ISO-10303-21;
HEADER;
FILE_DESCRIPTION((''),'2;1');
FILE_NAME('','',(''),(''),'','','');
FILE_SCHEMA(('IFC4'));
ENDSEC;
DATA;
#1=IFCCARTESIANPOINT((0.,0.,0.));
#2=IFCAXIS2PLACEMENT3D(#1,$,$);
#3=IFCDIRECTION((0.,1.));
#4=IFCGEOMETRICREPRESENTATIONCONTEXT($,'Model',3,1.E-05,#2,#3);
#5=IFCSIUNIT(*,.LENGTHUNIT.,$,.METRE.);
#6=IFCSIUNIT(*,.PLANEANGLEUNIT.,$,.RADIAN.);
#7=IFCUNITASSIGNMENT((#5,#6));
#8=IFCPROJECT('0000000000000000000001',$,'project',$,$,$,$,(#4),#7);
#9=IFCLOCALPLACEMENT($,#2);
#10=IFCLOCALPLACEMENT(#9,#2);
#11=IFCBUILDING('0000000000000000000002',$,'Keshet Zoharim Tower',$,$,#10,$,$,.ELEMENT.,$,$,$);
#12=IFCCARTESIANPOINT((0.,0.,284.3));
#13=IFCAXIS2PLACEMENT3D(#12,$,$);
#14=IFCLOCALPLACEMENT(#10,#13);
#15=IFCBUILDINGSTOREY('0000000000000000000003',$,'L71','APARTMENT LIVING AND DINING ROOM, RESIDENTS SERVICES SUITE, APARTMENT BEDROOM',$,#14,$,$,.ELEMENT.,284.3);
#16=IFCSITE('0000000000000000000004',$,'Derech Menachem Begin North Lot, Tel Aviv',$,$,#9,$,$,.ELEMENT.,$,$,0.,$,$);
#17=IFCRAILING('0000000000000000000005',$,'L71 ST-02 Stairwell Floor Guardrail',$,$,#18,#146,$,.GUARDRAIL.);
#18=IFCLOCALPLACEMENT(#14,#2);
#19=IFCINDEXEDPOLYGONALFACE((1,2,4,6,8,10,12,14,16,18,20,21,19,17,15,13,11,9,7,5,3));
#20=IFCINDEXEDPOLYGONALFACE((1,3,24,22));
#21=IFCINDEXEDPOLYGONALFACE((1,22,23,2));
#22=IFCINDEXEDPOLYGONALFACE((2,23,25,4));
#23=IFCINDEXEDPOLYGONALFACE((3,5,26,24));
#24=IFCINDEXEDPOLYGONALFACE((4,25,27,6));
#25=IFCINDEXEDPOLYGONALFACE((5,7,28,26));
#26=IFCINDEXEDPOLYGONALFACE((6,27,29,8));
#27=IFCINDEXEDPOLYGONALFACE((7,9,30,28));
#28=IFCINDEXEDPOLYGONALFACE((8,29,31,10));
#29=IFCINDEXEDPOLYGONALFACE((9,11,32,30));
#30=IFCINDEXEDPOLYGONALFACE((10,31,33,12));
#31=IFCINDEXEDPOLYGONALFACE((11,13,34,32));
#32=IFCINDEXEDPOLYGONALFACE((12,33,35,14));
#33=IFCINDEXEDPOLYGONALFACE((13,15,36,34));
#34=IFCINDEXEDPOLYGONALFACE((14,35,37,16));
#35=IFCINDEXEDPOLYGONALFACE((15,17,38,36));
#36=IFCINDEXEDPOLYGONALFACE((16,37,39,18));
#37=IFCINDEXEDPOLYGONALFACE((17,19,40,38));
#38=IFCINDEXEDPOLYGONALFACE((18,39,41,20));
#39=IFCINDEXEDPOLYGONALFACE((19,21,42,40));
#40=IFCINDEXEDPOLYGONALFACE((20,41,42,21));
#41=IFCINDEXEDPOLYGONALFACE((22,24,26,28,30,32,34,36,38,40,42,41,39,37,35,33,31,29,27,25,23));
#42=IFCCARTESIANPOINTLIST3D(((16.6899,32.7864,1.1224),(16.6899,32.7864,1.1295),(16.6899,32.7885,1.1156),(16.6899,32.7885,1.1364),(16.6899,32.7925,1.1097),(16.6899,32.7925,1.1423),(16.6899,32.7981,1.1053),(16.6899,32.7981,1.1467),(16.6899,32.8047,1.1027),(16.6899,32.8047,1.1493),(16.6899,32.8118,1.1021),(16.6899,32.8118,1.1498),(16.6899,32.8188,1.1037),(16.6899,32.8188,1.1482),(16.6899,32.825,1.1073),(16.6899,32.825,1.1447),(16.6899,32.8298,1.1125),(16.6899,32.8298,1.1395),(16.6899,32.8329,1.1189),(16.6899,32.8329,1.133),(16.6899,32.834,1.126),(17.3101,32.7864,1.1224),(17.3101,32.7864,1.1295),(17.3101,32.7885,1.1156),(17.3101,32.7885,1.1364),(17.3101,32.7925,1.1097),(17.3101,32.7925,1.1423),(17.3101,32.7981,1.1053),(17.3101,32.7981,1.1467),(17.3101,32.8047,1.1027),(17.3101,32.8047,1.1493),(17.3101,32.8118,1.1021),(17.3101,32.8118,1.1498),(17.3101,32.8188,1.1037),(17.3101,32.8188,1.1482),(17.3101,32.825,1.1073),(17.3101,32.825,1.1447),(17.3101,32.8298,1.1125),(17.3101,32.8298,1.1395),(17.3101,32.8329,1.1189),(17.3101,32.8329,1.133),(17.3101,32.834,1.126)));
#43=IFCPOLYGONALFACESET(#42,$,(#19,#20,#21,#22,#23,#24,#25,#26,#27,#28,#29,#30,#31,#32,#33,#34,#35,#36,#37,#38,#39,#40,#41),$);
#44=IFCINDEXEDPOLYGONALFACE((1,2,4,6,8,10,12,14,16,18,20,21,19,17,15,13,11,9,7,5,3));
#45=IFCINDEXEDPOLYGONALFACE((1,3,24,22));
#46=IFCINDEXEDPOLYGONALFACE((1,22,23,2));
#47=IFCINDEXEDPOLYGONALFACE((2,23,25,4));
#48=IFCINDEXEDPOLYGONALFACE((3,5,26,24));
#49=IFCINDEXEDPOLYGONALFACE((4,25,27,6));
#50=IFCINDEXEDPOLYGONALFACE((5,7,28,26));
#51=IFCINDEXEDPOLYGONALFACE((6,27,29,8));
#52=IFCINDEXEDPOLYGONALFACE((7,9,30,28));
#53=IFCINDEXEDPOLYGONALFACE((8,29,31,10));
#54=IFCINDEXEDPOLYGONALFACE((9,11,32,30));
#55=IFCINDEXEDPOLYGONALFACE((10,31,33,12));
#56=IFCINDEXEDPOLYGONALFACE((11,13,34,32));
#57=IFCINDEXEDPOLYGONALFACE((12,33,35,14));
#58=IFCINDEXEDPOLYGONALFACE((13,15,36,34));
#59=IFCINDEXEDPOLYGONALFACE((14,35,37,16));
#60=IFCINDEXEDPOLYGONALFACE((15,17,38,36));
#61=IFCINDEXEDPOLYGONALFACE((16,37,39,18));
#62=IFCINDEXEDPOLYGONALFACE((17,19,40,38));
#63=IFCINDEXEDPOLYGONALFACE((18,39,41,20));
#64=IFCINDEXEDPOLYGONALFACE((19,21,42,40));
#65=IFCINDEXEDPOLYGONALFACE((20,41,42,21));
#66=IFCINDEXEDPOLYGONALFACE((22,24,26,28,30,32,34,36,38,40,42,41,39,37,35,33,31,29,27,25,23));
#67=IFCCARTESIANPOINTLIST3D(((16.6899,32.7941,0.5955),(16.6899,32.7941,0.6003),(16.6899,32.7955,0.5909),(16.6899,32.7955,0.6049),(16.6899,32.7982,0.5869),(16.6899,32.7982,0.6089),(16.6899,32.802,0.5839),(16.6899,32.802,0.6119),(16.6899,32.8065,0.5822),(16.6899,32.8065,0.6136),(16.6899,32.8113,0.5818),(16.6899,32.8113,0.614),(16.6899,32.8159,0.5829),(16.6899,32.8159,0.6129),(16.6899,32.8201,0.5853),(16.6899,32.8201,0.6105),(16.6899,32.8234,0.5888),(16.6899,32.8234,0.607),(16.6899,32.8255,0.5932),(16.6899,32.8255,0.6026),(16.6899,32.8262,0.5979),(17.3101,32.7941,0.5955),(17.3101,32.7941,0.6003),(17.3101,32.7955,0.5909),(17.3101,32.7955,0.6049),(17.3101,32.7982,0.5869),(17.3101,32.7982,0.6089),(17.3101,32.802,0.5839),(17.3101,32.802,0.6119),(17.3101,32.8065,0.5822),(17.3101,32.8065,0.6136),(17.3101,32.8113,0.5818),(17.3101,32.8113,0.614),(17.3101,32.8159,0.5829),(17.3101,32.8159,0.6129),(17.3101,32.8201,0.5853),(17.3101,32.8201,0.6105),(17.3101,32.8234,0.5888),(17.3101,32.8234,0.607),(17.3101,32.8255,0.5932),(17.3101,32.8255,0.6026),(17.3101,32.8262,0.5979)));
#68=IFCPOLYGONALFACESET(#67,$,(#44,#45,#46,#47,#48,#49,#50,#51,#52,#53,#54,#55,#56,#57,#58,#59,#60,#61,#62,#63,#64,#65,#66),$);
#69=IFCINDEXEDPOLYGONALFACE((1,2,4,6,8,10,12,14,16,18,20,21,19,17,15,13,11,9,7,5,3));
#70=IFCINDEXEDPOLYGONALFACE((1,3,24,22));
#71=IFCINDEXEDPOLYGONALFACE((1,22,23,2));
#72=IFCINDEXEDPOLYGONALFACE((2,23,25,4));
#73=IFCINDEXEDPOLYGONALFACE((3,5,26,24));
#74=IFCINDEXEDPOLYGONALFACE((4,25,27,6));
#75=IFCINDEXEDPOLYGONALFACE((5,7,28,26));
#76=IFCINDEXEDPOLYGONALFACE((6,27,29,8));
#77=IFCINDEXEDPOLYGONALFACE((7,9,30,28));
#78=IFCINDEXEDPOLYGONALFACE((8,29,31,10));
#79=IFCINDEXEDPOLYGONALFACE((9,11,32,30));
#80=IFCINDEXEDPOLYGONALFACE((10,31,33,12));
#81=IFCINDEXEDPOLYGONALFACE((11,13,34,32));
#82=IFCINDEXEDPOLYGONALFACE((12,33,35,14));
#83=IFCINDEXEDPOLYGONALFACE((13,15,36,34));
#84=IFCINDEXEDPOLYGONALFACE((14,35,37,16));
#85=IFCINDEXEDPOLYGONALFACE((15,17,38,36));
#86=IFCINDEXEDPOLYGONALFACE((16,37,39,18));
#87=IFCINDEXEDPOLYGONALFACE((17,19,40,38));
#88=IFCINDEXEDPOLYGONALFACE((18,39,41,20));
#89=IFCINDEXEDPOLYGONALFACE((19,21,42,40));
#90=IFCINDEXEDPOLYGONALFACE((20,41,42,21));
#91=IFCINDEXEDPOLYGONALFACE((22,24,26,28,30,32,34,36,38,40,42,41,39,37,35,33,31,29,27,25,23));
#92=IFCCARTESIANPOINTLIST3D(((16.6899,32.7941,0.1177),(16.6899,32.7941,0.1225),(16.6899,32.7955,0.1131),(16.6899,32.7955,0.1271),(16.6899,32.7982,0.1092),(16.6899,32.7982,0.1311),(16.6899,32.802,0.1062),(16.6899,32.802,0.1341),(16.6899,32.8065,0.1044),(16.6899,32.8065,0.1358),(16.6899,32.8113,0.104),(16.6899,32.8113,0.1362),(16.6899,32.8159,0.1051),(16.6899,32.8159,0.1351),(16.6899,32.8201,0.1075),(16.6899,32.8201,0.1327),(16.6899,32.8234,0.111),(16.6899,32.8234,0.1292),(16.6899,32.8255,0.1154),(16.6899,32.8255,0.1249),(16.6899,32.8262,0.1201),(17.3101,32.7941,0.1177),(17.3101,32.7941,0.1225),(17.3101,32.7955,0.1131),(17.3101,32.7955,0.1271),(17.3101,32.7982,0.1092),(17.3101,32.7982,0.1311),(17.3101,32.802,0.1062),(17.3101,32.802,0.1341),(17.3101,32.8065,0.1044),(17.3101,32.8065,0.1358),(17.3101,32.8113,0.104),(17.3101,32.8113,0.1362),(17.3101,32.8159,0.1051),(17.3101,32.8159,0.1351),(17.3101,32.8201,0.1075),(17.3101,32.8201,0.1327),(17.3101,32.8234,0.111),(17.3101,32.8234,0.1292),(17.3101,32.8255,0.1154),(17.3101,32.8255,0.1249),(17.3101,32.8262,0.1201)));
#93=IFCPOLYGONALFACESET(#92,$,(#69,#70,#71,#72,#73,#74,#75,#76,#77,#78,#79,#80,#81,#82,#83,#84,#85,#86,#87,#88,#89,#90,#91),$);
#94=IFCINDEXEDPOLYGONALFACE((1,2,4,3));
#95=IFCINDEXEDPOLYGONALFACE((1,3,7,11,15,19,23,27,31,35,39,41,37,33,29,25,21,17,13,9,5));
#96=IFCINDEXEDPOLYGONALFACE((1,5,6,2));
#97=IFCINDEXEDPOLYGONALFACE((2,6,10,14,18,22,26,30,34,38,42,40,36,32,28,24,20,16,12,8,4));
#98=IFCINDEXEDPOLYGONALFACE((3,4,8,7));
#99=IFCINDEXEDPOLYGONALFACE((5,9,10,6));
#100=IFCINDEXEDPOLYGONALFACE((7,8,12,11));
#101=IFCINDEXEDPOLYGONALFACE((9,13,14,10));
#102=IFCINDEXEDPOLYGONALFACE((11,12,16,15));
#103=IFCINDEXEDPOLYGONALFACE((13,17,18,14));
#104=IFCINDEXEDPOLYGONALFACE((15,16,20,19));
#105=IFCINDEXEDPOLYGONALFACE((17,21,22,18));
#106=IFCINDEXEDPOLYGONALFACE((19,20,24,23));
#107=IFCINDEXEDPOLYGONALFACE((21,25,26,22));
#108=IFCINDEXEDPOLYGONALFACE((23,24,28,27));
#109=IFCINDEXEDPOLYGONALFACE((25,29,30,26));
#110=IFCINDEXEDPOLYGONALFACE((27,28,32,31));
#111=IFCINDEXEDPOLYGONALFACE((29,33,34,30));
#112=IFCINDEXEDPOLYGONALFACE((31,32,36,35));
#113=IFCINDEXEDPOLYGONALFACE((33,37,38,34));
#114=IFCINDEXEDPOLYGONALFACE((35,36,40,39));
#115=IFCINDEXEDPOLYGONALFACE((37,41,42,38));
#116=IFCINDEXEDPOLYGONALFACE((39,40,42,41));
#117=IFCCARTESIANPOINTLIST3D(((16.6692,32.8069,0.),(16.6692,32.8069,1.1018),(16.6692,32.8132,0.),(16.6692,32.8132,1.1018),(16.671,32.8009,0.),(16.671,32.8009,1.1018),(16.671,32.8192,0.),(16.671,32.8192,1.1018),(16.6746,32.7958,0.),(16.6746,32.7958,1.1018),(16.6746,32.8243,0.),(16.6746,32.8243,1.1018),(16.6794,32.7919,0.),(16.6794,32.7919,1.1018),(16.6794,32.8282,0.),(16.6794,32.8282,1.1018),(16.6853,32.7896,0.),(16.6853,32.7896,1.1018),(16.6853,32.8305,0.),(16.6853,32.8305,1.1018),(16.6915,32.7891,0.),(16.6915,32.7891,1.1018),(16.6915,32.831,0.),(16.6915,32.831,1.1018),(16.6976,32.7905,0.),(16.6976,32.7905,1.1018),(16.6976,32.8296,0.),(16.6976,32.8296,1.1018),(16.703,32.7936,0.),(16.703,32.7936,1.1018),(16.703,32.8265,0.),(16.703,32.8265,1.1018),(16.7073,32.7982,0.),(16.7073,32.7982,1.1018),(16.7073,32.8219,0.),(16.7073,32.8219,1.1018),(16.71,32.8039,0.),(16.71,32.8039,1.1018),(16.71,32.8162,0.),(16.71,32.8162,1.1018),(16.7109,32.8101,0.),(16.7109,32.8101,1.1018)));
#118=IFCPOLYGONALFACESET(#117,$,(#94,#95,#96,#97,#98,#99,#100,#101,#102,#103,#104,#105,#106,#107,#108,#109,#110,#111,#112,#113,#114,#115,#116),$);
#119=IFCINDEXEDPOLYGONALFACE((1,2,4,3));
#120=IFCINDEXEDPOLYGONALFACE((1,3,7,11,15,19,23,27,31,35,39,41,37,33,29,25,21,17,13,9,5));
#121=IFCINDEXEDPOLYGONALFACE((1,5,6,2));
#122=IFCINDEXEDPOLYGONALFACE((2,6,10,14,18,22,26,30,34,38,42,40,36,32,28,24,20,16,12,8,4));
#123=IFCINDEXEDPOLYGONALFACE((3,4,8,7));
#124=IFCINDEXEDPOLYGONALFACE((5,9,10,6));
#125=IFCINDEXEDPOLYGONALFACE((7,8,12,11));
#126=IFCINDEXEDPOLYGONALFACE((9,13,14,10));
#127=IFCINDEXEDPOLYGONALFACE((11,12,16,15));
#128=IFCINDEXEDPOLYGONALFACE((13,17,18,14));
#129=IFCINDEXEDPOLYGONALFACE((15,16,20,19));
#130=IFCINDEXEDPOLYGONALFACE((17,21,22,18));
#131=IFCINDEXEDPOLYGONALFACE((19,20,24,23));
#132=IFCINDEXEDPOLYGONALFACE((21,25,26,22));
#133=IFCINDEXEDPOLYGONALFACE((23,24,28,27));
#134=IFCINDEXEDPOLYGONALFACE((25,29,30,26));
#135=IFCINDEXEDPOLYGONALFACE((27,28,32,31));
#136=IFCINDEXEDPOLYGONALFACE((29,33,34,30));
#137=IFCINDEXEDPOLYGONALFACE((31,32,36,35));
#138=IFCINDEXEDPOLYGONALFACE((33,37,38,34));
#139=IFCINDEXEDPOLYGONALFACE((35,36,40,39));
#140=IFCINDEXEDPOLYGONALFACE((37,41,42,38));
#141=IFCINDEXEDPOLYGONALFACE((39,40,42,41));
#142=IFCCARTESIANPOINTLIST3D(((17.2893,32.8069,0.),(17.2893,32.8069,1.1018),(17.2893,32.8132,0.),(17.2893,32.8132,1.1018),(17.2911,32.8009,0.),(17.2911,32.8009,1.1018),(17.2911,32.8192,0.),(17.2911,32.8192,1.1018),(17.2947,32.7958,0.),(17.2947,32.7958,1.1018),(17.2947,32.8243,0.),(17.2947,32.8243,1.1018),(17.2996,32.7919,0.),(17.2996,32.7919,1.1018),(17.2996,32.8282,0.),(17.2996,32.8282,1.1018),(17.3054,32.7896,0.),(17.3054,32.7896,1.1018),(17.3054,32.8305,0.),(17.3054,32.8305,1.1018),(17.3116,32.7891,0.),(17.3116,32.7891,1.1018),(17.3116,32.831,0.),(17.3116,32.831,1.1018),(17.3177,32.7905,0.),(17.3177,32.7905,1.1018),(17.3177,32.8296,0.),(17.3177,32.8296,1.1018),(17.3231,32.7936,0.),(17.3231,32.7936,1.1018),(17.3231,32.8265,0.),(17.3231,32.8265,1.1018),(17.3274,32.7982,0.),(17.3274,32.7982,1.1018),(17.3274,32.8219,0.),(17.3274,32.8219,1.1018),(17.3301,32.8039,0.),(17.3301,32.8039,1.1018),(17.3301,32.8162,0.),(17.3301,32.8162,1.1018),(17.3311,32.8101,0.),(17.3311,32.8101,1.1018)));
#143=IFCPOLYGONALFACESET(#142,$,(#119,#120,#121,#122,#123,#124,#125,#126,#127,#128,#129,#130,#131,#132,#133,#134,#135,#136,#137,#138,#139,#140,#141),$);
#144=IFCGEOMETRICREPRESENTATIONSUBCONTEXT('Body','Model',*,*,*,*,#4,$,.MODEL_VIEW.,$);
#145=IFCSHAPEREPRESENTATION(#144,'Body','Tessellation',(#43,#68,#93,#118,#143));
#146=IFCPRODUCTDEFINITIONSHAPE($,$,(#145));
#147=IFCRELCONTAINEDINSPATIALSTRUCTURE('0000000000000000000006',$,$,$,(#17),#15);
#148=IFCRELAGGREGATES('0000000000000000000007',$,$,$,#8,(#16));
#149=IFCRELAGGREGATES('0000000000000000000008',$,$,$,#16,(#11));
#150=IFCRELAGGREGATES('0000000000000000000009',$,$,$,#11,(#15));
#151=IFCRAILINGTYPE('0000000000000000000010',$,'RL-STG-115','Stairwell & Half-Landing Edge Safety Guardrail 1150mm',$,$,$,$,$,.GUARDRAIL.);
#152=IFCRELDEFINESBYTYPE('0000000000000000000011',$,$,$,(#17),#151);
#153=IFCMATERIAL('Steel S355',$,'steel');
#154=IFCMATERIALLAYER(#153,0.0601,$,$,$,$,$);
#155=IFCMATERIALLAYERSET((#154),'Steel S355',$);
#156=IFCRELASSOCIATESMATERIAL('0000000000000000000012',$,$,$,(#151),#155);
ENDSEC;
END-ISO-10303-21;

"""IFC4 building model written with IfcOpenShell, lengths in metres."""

from ifc_helpers import new_model, si_unit, direction, frame, origin, origin_2d, place, context, subcontext, project, spatial, circle, extrude, material, layer, layer_set, type_object, element, save


model = new_model("IFC4")

# Units and contexts
model_context = context("Model", 3, precision=1e-05, world=origin(), true_north=direction((0.0, 1.0)))
body_context = subcontext(model_context, "Body", "Model", "MODEL_VIEW")
ifc_project = project(units=[si_unit("LENGTHUNIT", "METRE"), si_unit("PLANEANGLEUNIT", "RADIAN")], contexts=[model_context])

# Site, building, storey
site_placement = place(None, origin())
site = spatial("IfcSite", under=ifc_project, at=site_placement, Name="Derech Menachem Begin North Lot, Tel Aviv", CompositionType="ELEMENT", RefElevation=0.0)
building_placement = place(site_placement, origin())
building = spatial("IfcBuilding", under=site, at=building_placement, Name="Keshet Zoharim Tower", CompositionType="ELEMENT")
storey_placement = place(building_placement, frame((0.0, 0.0, 284.3)))
storey = spatial("IfcBuildingStorey", under=building, at=storey_placement, Name="L71", Description="APARTMENT LIVING AND DINING ROOM, RESIDENTS SERVICES SUITE, APARTMENT BEDROOM", CompositionType="ELEMENT", Elevation=284.3)

# Shared definitions
ifc_material_1 = material(Name="Steel S355", Category="steel")

# Railing
ifc_layer_1 = layer(ifc_material_1, 0.0601)
ifc_layer_set_1 = layer_set([ifc_layer_1], Name="Steel S355")
railing_type_1 = type_object("IfcRailingType", Name="RL-STG-115", Description="Stairwell & Half-Landing Edge Safety Guardrail 1150mm", PredefinedType="GUARDRAIL", material=ifc_layer_set_1)
railing_1_placement = place(storey_placement, frame((16.6899, 32.8101, 0.0)))
element("IfcRailing", 1, at=railing_1_placement, inside=storey, type_object=railing_type_1, Name="L71 ST-02 Stairwell Floor Guardrail", PredefinedType="GUARDRAIL", context=body_context, shape_type="SweptSolid", body=[
    extrude(circle(Radius=0.0239, at=origin_2d()), frame((0.0, 0.0, 1.126), z_axis=(1.0, 0.0, 0.0), x_axis=(0.0, 1.0, 0.0)), (0.0, 0.0, 1.0), 0.6201),
    extrude(circle(Radius=0.0161, at=origin_2d()), frame((0.0, 0.0, 0.5979), z_axis=(1.0, 0.0, 0.0), x_axis=(0.0, 1.0, 0.0)), (0.0, 0.0, 1.0), 0.6201),
    extrude(circle(Radius=0.0161, at=origin_2d()), frame((0.0, 0.0, 0.1201), z_axis=(1.0, 0.0, 0.0), x_axis=(0.0, 1.0, 0.0)), (0.0, 0.0, 1.0), 0.6201),
    extrude(circle(Radius=0.021, at=origin_2d()), origin(), (0.0, 0.0, 1.0), 1.1018),
    extrude(circle(Radius=0.021, at=origin_2d()), frame((0.6201, 0.0, 0.0)), (0.0, 0.0, 1.0), 1.1018),
])

save(model, "model.ifc")
